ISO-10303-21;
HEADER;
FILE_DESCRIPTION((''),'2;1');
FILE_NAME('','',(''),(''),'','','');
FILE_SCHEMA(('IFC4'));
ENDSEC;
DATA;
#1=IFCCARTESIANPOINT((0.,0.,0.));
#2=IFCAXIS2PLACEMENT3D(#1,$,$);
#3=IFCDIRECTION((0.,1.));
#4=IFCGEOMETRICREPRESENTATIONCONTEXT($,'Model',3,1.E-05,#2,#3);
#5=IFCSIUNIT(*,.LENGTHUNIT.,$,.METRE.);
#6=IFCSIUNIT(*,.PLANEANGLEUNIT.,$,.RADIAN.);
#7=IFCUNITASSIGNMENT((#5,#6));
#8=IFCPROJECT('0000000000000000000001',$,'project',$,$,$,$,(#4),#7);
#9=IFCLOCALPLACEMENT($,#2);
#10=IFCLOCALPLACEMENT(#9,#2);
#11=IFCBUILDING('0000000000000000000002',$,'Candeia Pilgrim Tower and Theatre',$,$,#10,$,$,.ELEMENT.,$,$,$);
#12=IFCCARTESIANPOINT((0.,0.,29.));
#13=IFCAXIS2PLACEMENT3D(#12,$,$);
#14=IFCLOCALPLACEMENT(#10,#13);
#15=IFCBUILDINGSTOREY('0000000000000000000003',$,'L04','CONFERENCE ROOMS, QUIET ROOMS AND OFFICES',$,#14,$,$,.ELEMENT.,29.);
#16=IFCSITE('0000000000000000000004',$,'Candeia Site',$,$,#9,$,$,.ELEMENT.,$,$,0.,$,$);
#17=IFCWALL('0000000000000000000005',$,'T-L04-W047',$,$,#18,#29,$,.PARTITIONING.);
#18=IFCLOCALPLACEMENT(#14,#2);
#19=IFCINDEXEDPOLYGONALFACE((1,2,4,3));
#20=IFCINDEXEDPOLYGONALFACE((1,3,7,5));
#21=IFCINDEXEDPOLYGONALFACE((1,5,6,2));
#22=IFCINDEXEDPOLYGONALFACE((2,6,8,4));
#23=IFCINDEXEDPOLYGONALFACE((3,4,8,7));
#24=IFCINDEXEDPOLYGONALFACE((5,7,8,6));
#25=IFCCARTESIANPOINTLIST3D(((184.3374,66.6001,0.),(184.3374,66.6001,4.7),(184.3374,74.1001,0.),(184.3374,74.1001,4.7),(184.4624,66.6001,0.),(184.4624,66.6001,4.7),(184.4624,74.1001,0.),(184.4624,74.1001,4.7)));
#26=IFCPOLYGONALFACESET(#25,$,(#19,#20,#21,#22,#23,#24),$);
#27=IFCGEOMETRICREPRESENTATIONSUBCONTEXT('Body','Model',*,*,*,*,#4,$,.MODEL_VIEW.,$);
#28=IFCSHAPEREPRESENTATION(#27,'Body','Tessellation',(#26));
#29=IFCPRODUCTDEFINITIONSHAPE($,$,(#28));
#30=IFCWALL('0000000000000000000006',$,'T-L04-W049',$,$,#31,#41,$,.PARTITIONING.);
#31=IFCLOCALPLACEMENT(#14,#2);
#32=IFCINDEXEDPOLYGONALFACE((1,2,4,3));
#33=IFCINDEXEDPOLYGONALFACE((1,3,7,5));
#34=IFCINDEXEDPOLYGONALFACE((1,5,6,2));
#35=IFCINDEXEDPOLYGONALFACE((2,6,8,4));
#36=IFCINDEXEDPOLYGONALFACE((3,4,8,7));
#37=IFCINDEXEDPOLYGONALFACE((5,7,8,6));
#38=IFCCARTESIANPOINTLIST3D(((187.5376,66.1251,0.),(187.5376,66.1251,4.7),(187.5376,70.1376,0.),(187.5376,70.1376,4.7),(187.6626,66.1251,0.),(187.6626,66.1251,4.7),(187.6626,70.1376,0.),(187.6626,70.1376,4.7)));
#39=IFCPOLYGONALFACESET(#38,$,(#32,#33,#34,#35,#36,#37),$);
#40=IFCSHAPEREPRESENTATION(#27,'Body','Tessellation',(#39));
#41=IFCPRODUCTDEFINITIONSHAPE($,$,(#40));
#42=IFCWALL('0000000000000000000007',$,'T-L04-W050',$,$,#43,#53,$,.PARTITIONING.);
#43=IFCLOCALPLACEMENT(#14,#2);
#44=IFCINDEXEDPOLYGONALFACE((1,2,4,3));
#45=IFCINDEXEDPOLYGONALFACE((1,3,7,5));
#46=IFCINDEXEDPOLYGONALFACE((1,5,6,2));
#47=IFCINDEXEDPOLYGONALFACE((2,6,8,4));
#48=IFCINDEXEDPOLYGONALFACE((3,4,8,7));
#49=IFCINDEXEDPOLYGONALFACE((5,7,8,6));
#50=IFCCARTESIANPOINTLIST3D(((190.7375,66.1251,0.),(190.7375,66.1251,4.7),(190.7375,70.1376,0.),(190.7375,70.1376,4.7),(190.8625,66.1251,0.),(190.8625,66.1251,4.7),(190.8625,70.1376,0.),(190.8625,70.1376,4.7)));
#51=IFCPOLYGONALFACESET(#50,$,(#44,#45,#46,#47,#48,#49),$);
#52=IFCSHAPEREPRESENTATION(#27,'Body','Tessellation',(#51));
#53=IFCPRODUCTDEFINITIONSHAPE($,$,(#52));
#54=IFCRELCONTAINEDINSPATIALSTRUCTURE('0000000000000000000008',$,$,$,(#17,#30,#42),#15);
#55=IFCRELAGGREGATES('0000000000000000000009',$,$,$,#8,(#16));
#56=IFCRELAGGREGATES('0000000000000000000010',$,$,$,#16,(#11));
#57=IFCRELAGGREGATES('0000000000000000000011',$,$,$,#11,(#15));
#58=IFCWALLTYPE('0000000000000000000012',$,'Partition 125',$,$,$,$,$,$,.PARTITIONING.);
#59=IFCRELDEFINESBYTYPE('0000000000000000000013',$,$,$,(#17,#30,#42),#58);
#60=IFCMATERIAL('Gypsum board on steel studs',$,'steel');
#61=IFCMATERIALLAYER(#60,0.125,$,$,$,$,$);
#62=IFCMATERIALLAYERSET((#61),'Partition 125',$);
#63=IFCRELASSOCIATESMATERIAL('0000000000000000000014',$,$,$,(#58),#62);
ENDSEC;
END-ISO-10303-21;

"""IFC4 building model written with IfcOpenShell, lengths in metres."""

from ifc_helpers import new_model, si_unit, direction, frame, frame_2d, origin, place, context, subcontext, project, spatial, rectangle, extrude, material, layer, layer_set, type_object, element, save


model = new_model("IFC4")

# Units and contexts
model_context = context("Model", 3, precision=1e-05, world=origin(), true_north=direction((0.0, 1.0)))
body_context = subcontext(model_context, "Body", "Model", "MODEL_VIEW")
ifc_project = project(units=[si_unit("LENGTHUNIT", "METRE"), si_unit("PLANEANGLEUNIT", "RADIAN")], contexts=[model_context])

# Site, building, storey
site_placement = place(None, origin())
site = spatial("IfcSite", under=ifc_project, at=site_placement, Name="Candeia Site", CompositionType="ELEMENT", RefElevation=0.0)
building_placement = place(site_placement, origin())
building = spatial("IfcBuilding", under=site, at=building_placement, Name="Candeia Pilgrim Tower and Theatre", CompositionType="ELEMENT")
storey_placement = place(building_placement, frame((0.0, 0.0, 29.0)))
storey = spatial("IfcBuildingStorey", under=building, at=storey_placement, Name="L04", Description="CONFERENCE ROOMS, QUIET ROOMS AND OFFICES", CompositionType="ELEMENT", Elevation=29.0)

# Shared definitions
ifc_material_1 = material(Name="Gypsum board on steel studs", Category="steel")
ifc_layer_1 = layer(ifc_material_1, 0.125)
ifc_layer_set_1 = layer_set([ifc_layer_1], Name="Partition 125")
wall_type = type_object("IfcWallType", Name="Partition 125", PredefinedType="PARTITIONING", material=ifc_layer_set_1)

# Walls
wall_1_placement = place(storey_placement, frame((184.3999, 66.6001, 0.0), z_axis=(0.0, 0.0, 1.0), x_axis=(0.0, 1.0, 0.0)))
element("IfcWall", 1, at=wall_1_placement, inside=storey, type_object=wall_type, Name="T-L04-W047", PredefinedType="PARTITIONING", context=body_context, shape_type="SweptSolid", body=[
    extrude(rectangle(XDim=7.5, YDim=0.125, at=frame_2d((3.75, 0.0))), origin(), (0.0, 0.0, 1.0), 4.7),
])
for number, where, z_axis, x_axis, name in (
    (2, (187.6001, 66.125, 0.0), (0.0, 0.0, 1.0), (0.0, 1.0, 0.0), "T-L04-W049"),
    (3, (190.8, 66.125, 0.0), (0.0, 0.0, 1.0), (0.0, 1.0, 0.0), "T-L04-W050"),
):
    element("IfcWall", number, at=place(storey_placement, frame(where, z_axis=z_axis, x_axis=x_axis)), inside=storey, type_object=wall_type, Name=name, PredefinedType="PARTITIONING", context=body_context, shape_type="SweptSolid", body=[
        extrude(rectangle(XDim=4.0125, YDim=0.125, at=frame_2d((2.0063, 0.0))), origin(), (0.0, 0.0, 1.0), 4.7),
    ])

save(model, "model.ifc")
